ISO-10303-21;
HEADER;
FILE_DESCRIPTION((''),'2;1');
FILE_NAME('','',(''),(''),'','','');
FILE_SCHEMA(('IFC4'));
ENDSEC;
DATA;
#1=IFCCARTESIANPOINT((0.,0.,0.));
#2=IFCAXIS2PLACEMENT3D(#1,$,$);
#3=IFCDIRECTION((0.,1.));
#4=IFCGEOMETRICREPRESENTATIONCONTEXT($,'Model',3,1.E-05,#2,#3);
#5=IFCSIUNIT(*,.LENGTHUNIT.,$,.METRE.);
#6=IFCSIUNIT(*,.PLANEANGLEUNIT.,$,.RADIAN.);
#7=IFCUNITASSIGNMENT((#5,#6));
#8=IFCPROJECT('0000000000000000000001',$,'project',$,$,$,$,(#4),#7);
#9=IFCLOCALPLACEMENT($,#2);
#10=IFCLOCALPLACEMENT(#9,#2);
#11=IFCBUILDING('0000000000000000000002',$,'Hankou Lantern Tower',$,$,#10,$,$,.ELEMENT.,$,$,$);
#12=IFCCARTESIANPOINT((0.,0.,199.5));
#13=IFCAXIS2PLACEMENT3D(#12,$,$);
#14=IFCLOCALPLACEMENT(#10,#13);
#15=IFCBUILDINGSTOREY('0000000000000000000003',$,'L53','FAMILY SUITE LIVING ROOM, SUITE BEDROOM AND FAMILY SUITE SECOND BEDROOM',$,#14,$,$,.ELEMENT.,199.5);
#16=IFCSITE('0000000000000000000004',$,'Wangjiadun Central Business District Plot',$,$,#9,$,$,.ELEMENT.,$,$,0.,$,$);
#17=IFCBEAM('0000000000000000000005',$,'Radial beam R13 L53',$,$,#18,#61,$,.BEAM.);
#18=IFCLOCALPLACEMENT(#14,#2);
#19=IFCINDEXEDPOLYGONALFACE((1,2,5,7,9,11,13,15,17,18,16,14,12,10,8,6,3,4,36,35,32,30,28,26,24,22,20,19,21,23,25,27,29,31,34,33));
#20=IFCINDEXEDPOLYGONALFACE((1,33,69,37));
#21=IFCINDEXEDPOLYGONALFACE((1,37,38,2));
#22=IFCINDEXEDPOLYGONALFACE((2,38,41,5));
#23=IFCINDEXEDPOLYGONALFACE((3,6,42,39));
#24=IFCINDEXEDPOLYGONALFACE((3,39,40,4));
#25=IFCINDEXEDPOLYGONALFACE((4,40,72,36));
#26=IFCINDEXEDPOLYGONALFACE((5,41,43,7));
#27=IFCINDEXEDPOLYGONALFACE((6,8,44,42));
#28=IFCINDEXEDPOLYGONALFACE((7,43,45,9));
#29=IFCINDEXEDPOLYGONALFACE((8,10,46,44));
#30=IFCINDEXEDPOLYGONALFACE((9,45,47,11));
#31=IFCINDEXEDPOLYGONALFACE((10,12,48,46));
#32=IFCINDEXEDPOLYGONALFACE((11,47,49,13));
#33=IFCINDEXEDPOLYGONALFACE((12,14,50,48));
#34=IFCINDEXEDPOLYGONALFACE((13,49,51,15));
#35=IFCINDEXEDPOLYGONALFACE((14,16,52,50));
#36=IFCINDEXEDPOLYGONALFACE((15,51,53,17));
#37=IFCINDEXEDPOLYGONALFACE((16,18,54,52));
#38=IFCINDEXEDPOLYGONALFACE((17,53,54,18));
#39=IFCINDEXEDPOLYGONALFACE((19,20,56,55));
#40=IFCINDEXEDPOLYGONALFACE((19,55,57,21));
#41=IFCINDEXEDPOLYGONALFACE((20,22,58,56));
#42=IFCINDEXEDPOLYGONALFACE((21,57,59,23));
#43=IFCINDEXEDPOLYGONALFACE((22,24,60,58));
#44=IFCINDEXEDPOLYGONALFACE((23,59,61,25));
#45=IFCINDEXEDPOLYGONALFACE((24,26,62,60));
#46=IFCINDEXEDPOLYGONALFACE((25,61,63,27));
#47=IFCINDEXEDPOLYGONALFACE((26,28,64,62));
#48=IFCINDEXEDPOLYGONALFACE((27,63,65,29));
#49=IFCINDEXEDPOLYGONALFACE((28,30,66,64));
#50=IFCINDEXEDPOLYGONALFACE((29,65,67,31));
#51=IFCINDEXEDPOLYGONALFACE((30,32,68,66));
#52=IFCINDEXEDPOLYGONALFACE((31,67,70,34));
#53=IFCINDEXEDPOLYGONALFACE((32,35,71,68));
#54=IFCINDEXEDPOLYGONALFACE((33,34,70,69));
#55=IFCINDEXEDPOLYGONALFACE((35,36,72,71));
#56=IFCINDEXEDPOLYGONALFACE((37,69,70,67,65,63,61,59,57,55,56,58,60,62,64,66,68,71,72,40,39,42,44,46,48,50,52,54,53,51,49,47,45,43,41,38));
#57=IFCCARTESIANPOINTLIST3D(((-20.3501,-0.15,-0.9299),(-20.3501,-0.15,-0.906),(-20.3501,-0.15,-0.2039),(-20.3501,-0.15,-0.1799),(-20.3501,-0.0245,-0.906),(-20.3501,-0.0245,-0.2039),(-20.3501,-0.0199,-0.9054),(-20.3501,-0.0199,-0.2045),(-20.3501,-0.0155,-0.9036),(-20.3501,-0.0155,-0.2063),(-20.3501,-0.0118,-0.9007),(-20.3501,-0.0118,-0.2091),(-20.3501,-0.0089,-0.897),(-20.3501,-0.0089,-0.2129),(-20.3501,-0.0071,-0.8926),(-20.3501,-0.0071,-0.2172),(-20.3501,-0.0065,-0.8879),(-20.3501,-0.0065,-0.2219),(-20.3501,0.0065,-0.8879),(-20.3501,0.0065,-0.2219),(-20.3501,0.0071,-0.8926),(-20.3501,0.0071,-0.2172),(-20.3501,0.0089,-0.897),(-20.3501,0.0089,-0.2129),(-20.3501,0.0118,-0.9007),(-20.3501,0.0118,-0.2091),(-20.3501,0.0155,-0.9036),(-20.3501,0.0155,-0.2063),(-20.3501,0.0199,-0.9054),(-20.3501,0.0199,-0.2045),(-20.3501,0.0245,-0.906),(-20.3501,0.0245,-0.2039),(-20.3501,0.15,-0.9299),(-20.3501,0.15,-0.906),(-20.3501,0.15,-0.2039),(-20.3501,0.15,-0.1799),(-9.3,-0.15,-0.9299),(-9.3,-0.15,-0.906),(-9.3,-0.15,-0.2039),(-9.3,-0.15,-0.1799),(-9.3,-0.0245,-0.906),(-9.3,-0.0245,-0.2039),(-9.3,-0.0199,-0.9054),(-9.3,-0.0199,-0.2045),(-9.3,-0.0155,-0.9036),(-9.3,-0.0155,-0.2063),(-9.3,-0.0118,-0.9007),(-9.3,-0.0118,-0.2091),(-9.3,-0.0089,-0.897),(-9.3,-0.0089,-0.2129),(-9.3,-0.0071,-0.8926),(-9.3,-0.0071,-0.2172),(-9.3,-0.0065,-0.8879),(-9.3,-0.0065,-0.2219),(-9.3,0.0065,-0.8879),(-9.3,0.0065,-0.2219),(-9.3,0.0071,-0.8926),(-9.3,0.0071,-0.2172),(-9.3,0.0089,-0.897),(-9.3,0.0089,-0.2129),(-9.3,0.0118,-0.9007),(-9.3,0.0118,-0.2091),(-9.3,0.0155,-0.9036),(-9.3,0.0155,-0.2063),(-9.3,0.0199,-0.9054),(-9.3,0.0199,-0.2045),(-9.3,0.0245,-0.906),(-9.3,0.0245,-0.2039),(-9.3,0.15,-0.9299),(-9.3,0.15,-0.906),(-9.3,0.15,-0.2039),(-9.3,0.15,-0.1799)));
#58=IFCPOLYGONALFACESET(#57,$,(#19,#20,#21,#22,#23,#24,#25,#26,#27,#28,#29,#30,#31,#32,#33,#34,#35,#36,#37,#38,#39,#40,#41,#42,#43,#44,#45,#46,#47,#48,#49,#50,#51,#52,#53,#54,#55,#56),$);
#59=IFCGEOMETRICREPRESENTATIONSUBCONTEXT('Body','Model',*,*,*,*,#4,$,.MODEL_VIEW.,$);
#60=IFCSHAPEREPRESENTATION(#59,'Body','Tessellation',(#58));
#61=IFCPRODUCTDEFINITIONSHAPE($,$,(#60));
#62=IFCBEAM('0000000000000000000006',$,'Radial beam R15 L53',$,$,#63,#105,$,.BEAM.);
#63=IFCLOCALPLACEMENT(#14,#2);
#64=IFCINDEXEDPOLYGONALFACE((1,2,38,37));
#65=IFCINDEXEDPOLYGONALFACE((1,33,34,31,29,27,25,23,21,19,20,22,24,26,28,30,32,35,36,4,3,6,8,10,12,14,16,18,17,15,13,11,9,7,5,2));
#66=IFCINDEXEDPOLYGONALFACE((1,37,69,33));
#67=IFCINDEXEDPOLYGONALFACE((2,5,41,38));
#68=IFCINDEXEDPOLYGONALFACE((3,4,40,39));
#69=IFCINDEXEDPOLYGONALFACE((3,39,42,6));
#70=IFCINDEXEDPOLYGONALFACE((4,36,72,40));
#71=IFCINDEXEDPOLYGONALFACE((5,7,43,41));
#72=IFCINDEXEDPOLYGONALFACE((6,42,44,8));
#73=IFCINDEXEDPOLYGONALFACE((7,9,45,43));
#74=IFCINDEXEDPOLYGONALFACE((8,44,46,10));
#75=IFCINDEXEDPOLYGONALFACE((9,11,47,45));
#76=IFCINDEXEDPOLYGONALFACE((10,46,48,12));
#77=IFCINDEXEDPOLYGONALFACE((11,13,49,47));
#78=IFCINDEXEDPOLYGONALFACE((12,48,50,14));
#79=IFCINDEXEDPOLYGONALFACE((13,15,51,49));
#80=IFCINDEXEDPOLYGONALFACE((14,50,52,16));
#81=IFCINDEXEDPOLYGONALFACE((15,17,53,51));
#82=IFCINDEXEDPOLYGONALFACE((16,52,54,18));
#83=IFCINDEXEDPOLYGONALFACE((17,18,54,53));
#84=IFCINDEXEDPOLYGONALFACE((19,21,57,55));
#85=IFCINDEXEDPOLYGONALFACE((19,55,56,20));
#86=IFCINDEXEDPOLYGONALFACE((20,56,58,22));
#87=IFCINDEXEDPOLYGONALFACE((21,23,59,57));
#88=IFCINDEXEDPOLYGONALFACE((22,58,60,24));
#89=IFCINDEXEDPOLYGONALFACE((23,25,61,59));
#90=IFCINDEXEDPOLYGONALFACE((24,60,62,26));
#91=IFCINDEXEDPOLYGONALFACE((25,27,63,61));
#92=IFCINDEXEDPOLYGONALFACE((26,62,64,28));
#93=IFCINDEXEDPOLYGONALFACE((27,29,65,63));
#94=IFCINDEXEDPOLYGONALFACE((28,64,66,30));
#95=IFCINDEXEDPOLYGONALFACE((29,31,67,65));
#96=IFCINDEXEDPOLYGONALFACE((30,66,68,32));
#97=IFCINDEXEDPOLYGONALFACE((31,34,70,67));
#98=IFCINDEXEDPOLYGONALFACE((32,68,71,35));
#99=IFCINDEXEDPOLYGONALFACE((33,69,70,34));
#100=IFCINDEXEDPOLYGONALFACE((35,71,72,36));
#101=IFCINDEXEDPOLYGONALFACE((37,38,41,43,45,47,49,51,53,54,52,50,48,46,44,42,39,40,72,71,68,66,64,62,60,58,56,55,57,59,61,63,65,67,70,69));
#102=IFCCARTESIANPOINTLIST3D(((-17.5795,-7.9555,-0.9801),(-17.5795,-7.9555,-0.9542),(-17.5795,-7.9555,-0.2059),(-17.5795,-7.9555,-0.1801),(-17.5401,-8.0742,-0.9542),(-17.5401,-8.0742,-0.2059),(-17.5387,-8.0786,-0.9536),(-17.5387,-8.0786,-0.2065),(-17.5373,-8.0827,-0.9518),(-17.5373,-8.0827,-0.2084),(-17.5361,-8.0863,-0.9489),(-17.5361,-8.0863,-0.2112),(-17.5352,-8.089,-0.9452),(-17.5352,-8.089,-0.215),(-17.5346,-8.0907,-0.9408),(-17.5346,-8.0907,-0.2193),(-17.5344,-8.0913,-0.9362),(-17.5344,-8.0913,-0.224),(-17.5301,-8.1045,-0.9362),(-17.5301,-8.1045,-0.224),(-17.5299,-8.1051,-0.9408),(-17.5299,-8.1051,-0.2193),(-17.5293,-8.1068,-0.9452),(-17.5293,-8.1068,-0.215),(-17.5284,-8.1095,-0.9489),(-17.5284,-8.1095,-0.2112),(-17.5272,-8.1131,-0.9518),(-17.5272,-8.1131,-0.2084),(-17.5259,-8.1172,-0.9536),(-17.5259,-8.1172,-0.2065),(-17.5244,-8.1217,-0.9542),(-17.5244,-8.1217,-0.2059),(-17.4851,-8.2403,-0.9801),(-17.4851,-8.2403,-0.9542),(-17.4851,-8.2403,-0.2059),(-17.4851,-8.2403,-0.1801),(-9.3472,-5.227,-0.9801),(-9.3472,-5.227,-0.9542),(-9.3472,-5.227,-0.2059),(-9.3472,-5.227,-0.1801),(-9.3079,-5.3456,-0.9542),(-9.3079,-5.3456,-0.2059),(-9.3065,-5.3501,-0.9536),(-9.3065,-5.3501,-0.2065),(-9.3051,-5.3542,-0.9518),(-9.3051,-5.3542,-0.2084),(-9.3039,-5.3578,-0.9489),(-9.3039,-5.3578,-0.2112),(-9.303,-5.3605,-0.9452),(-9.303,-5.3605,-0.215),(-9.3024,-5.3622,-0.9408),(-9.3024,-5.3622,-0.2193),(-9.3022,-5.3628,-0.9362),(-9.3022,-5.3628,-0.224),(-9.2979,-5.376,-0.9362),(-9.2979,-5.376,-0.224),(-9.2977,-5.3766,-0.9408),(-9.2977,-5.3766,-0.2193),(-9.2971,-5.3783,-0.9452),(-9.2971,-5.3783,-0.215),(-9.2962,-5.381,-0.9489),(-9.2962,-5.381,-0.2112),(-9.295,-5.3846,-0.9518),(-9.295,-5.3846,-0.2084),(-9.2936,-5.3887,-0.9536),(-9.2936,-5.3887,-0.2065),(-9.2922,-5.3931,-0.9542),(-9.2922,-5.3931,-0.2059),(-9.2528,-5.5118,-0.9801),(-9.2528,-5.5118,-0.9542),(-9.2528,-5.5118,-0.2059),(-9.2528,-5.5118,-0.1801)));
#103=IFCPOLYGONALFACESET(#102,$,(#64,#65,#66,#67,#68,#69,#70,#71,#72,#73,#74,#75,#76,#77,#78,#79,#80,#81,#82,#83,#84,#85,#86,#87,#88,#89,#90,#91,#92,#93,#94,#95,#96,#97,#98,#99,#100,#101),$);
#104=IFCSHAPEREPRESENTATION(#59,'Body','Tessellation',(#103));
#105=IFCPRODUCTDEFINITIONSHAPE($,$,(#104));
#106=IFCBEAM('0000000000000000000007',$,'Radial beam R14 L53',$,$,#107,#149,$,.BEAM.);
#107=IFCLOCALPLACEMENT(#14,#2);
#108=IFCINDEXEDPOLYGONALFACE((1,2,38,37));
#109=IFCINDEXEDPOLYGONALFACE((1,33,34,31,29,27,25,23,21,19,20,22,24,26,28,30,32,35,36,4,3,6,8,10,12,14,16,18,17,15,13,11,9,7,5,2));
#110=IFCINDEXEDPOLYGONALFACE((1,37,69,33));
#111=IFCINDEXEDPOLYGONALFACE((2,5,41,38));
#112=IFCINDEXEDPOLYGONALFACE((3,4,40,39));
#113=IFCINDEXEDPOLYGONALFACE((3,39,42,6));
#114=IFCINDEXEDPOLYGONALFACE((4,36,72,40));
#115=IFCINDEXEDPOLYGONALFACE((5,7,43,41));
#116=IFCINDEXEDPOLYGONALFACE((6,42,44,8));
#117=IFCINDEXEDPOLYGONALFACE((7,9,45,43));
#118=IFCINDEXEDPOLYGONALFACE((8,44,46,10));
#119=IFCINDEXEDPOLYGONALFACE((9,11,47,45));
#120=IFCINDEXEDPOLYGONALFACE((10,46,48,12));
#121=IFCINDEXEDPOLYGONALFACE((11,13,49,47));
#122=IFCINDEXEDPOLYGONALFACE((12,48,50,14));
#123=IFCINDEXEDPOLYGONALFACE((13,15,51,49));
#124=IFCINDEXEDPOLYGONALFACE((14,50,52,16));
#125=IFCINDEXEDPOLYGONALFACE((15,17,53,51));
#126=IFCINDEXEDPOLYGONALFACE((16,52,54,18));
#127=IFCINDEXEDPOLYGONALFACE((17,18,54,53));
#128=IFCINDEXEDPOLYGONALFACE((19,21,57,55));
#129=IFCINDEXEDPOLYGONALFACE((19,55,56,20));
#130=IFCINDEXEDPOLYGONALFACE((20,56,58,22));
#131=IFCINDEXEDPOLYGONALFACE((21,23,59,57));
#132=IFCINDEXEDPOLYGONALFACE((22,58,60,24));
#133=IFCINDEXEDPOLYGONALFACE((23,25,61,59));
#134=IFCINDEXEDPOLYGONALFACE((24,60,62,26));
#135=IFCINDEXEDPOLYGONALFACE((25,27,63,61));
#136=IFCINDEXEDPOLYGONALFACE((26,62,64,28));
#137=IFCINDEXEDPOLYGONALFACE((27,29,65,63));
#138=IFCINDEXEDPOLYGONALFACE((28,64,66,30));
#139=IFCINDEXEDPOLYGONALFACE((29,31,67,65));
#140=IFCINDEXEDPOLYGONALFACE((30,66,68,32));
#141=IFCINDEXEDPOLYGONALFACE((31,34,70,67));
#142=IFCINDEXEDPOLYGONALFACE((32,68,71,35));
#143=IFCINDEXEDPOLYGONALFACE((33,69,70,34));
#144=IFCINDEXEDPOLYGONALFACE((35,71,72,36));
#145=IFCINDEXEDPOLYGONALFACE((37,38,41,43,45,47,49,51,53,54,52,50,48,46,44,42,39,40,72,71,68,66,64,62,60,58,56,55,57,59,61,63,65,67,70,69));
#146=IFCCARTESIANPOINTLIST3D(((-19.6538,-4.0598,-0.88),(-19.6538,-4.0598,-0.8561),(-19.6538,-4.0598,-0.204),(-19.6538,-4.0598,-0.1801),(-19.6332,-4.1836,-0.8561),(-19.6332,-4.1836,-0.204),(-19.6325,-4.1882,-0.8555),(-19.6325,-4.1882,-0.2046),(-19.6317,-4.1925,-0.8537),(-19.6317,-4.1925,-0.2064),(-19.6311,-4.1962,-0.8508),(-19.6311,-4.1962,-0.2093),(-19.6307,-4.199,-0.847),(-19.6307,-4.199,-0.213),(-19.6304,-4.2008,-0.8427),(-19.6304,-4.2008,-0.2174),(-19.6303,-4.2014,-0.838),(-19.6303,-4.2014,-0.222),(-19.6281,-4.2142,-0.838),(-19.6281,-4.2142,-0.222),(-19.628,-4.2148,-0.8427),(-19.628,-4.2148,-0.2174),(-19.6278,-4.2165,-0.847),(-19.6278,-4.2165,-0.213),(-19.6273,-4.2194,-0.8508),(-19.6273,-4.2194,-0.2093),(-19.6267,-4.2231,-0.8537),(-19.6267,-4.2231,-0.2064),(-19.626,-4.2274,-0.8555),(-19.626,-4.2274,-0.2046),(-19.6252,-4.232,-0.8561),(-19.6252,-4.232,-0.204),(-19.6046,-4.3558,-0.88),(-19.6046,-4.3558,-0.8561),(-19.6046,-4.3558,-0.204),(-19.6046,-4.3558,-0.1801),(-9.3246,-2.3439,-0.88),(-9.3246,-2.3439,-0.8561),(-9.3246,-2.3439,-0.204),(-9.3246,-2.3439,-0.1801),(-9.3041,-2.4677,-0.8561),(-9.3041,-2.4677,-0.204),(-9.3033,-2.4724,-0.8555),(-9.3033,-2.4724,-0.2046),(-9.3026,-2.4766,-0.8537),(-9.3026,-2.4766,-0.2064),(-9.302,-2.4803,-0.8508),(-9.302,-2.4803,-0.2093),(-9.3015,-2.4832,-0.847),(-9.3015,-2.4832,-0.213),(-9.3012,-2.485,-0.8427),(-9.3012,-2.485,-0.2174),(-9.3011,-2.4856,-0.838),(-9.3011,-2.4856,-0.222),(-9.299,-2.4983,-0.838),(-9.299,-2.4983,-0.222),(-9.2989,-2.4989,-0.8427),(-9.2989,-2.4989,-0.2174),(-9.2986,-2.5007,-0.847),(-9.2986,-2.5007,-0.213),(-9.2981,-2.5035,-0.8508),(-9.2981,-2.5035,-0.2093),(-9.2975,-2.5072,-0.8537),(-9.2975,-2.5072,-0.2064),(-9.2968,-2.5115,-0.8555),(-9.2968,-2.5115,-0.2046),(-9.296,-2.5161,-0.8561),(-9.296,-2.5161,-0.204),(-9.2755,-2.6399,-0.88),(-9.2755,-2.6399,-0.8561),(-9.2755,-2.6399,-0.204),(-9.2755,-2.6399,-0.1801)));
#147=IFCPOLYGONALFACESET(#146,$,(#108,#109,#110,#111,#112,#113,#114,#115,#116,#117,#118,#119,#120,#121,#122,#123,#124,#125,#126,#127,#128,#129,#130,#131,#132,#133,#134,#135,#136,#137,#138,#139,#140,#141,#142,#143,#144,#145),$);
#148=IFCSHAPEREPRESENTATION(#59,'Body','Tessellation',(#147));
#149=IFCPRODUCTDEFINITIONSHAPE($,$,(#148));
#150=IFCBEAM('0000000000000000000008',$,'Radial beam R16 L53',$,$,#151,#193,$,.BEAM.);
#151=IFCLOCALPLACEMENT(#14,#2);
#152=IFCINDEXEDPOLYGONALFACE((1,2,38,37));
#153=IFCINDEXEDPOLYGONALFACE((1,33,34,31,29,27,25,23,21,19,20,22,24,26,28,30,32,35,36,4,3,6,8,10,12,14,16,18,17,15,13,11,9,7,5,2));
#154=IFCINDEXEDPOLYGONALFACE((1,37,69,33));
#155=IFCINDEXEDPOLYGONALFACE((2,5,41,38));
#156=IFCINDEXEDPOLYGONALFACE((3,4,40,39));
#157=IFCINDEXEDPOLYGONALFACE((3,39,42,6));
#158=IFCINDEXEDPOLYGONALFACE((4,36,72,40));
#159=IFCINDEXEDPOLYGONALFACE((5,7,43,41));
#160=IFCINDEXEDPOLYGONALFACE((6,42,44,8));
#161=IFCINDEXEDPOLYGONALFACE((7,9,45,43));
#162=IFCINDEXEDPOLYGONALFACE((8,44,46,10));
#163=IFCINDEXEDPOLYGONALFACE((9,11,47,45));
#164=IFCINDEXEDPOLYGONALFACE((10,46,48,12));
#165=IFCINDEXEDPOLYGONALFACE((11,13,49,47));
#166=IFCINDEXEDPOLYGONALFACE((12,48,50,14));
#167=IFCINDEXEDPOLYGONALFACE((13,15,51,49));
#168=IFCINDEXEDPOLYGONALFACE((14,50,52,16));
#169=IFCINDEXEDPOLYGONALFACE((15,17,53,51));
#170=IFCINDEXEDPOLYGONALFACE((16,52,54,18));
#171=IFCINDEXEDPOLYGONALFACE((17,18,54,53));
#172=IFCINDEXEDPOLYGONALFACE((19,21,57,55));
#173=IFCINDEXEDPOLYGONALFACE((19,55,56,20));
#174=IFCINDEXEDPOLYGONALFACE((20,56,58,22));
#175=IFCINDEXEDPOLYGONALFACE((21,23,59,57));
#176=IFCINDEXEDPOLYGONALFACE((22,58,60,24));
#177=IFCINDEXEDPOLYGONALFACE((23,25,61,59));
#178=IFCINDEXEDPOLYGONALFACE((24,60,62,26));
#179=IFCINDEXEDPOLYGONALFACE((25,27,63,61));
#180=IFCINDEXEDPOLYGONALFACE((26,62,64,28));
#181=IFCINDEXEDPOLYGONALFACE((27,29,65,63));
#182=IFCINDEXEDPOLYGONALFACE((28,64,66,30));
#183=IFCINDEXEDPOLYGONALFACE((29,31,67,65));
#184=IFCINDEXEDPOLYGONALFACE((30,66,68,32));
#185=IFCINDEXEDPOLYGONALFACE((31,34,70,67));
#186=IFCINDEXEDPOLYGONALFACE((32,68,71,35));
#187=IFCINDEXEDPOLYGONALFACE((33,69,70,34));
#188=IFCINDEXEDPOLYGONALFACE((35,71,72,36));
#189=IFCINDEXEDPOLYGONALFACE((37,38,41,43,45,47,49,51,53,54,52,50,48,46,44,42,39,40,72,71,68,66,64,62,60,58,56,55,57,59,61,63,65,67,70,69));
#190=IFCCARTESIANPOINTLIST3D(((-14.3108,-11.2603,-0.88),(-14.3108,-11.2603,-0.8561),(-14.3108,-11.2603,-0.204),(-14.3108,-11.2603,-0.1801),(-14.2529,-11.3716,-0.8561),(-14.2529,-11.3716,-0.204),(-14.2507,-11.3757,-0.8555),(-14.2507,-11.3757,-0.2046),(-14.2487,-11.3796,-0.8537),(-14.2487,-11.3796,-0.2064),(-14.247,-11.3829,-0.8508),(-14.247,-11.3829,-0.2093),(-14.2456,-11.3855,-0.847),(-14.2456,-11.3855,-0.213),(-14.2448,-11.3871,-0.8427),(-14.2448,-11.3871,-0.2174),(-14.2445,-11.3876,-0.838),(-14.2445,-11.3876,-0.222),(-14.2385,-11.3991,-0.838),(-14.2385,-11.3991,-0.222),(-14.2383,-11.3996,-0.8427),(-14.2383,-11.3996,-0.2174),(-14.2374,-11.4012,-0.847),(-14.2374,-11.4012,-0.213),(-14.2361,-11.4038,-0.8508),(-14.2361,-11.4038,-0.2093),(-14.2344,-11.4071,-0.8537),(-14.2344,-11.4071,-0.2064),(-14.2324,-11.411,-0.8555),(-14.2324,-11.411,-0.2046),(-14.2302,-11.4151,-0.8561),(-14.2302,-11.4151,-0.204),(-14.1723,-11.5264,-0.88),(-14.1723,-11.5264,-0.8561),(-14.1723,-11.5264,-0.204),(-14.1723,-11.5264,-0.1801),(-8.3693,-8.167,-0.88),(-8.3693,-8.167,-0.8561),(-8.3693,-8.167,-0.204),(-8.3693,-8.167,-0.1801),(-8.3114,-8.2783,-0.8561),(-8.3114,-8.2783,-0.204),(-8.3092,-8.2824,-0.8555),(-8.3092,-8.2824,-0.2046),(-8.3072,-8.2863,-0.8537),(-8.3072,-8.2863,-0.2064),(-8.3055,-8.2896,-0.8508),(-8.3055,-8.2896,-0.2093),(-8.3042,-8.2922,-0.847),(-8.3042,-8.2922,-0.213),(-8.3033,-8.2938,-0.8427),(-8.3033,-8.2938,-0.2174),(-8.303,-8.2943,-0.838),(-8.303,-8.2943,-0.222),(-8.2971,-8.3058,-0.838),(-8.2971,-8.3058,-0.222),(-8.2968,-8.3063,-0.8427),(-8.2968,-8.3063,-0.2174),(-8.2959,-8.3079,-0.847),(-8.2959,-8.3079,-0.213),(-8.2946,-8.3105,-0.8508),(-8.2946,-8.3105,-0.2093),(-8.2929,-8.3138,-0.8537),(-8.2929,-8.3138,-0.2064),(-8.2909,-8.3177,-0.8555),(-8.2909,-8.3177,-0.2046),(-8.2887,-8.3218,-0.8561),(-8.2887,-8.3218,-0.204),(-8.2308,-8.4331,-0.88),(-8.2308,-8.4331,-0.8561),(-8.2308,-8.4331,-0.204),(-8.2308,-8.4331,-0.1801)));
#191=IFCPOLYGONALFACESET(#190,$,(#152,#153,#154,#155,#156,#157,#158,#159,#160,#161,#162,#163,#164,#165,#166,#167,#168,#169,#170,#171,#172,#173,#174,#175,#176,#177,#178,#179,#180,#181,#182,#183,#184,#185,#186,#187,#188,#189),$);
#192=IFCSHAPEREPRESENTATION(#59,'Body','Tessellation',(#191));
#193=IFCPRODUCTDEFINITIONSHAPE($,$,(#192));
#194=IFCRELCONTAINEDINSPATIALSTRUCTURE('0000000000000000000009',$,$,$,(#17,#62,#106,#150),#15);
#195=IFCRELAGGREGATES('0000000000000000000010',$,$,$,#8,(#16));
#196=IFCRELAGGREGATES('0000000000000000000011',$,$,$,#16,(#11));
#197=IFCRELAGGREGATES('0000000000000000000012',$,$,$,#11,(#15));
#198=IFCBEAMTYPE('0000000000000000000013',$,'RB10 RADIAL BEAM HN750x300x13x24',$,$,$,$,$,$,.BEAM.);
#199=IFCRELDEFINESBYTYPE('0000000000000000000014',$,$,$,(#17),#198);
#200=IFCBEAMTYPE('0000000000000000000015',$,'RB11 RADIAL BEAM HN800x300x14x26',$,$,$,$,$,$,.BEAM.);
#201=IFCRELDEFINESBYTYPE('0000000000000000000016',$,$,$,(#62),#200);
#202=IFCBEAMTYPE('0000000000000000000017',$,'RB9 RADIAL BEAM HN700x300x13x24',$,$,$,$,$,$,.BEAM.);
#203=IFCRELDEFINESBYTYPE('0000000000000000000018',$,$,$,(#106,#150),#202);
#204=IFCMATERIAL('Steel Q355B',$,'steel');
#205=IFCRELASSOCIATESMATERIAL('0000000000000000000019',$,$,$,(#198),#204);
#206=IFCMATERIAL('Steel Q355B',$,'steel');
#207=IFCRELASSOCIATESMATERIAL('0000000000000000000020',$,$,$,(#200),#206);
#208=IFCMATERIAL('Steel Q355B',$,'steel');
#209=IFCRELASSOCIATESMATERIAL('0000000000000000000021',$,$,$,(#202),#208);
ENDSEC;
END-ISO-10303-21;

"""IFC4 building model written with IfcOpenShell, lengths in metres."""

from ifc_helpers import new_model, si_unit, direction, frame, origin, origin_2d, place, context, subcontext, project, spatial, i_section, extrude, material, material_profile, profile_set, type_object, element, save


model = new_model("IFC4")

# Units and contexts
model_context = context("Model", 3, precision=1e-05, world=origin(), true_north=direction((0.0, 1.0)))
body_context = subcontext(model_context, "Body", "Model", "MODEL_VIEW")
ifc_project = project(units=[si_unit("LENGTHUNIT", "METRE"), si_unit("PLANEANGLEUNIT", "RADIAN")], contexts=[model_context])

# Site, building, storey
site_placement = place(None, origin())
site = spatial("IfcSite", under=ifc_project, at=site_placement, Name="Wangjiadun Central Business District Plot", CompositionType="ELEMENT", RefElevation=0.0)
building_placement = place(site_placement, origin())
building = spatial("IfcBuilding", under=site, at=building_placement, Name="Hankou Lantern Tower", CompositionType="ELEMENT")
storey_placement = place(building_placement, frame((0.0, 0.0, 199.5)))
storey = spatial("IfcBuildingStorey", under=building, at=storey_placement, Name="L53", Description="FAMILY SUITE LIVING ROOM, SUITE BEDROOM AND FAMILY SUITE SECOND BEDROOM", CompositionType="ELEMENT", Elevation=199.5)

# Beams
ifc_material_1 = material(Name="Steel Q355B", Category="steel")
ifc_material_profile_1 = material_profile(ifc_material_1, i_section(OverallWidth=0.3, OverallDepth=0.75, WebThickness=0.0129, FlangeThickness=0.0239, FilletRadius=0.0181, at=origin_2d()), Name="HN750x300x13x24")
ifc_profile_set_1 = profile_set([ifc_material_profile_1], Name="Steel Q355B")
beam_type_1 = type_object("IfcBeamType", Name="RB10 RADIAL BEAM HN750x300x13x24", PredefinedType="BEAM", material=ifc_profile_set_1)
beam_1_placement = place(storey_placement, frame((-9.3, 0.0, -0.5549), z_axis=(-1.0, 0.0, 0.0), x_axis=(0.0, -1.0, 0.0)))
element("IfcBeam", 1, at=beam_1_placement, inside=storey, type_object=beam_type_1, Name="Radial beam R13 L53", PredefinedType="BEAM", context=body_context, shape_type="SweptSolid", body=[
    extrude(i_section(OverallWidth=0.3, OverallDepth=0.75, WebThickness=0.0129, FlangeThickness=0.0239, FilletRadius=0.0181, at=origin_2d()), origin(), (0.0, 0.0, 1.0), 11.05),
])
ifc_material_2 = material(Name="Steel Q355B", Category="steel")
ifc_material_profile_2 = material_profile(ifc_material_2, i_section(OverallWidth=0.3, OverallDepth=0.8, WebThickness=0.0139, FlangeThickness=0.0259, FilletRadius=0.0181, at=origin_2d()), Name="HN800x300x14x26")
ifc_profile_set_2 = profile_set([ifc_material_profile_2], Name="Steel Q355B")
beam_type_2 = type_object("IfcBeamType", Name="RB11 RADIAL BEAM HN800x300x14x26", PredefinedType="BEAM", material=ifc_profile_set_2)
beam_2_placement = place(storey_placement, frame((-9.3, -5.3694, -0.5801), z_axis=(-0.94922, -0.314614, 0.0), x_axis=(0.314614, -0.94922, 0.0)))
element("IfcBeam", 2, at=beam_2_placement, inside=storey, type_object=beam_type_2, Name="Radial beam R15 L53", PredefinedType="BEAM", context=body_context, shape_type="SweptSolid", body=[
    extrude(i_section(OverallWidth=0.3, OverallDepth=0.8, WebThickness=0.0139, FlangeThickness=0.0259, FilletRadius=0.0181, at=origin_2d()), origin(), (0.0, 0.0, 1.0), 8.6726),
])
ifc_material_3 = material(Name="Steel Q355B", Category="steel")
ifc_material_profile_3 = material_profile(ifc_material_3, i_section(OverallWidth=0.3, OverallDepth=0.7, WebThickness=0.0129, FlangeThickness=0.0239, FilletRadius=0.0181, at=origin_2d()), Name="HN700x300x13x24")
ifc_profile_set_3 = profile_set([ifc_material_profile_3], Name="Steel Q355B")
beam_type_3 = type_object("IfcBeamType", Name="RB9 RADIAL BEAM HN700x300x13x24", PredefinedType="BEAM", material=ifc_profile_set_3)
beam_3_placement = place(storey_placement, frame((-9.3, -2.4919, -0.53), z_axis=(-0.986482, -0.16387, 0.0), x_axis=(0.16387, -0.986482, 0.0)))
element("IfcBeam", 3, at=beam_3_placement, inside=storey, type_object=beam_type_3, Name="Radial beam R14 L53", PredefinedType="BEAM", context=body_context, shape_type="SweptSolid", body=[
    extrude(i_section(OverallWidth=0.3, OverallDepth=0.7, WebThickness=0.0129, FlangeThickness=0.0239, FilletRadius=0.0181, at=origin_2d()), origin(), (0.0, 0.0, 1.0), 10.4707),
])
beam_4_placement = place(storey_placement, frame((-8.3, -8.3, -0.53), z_axis=(-0.886989, -0.461791, 0.0), x_axis=(0.461791, -0.886989, 0.0)))
element("IfcBeam", 4, at=beam_4_placement, inside=storey, type_object=beam_type_3, Name="Radial beam R16 L53", PredefinedType="BEAM", context=body_context, shape_type="SweptSolid", body=[
    extrude(i_section(OverallWidth=0.3, OverallDepth=0.7, WebThickness=0.0129, FlangeThickness=0.0239, FilletRadius=0.0181, at=origin_2d()), origin(), (0.0, 0.0, 1.0), 6.6985),
])

save(model, "model.ifc")
